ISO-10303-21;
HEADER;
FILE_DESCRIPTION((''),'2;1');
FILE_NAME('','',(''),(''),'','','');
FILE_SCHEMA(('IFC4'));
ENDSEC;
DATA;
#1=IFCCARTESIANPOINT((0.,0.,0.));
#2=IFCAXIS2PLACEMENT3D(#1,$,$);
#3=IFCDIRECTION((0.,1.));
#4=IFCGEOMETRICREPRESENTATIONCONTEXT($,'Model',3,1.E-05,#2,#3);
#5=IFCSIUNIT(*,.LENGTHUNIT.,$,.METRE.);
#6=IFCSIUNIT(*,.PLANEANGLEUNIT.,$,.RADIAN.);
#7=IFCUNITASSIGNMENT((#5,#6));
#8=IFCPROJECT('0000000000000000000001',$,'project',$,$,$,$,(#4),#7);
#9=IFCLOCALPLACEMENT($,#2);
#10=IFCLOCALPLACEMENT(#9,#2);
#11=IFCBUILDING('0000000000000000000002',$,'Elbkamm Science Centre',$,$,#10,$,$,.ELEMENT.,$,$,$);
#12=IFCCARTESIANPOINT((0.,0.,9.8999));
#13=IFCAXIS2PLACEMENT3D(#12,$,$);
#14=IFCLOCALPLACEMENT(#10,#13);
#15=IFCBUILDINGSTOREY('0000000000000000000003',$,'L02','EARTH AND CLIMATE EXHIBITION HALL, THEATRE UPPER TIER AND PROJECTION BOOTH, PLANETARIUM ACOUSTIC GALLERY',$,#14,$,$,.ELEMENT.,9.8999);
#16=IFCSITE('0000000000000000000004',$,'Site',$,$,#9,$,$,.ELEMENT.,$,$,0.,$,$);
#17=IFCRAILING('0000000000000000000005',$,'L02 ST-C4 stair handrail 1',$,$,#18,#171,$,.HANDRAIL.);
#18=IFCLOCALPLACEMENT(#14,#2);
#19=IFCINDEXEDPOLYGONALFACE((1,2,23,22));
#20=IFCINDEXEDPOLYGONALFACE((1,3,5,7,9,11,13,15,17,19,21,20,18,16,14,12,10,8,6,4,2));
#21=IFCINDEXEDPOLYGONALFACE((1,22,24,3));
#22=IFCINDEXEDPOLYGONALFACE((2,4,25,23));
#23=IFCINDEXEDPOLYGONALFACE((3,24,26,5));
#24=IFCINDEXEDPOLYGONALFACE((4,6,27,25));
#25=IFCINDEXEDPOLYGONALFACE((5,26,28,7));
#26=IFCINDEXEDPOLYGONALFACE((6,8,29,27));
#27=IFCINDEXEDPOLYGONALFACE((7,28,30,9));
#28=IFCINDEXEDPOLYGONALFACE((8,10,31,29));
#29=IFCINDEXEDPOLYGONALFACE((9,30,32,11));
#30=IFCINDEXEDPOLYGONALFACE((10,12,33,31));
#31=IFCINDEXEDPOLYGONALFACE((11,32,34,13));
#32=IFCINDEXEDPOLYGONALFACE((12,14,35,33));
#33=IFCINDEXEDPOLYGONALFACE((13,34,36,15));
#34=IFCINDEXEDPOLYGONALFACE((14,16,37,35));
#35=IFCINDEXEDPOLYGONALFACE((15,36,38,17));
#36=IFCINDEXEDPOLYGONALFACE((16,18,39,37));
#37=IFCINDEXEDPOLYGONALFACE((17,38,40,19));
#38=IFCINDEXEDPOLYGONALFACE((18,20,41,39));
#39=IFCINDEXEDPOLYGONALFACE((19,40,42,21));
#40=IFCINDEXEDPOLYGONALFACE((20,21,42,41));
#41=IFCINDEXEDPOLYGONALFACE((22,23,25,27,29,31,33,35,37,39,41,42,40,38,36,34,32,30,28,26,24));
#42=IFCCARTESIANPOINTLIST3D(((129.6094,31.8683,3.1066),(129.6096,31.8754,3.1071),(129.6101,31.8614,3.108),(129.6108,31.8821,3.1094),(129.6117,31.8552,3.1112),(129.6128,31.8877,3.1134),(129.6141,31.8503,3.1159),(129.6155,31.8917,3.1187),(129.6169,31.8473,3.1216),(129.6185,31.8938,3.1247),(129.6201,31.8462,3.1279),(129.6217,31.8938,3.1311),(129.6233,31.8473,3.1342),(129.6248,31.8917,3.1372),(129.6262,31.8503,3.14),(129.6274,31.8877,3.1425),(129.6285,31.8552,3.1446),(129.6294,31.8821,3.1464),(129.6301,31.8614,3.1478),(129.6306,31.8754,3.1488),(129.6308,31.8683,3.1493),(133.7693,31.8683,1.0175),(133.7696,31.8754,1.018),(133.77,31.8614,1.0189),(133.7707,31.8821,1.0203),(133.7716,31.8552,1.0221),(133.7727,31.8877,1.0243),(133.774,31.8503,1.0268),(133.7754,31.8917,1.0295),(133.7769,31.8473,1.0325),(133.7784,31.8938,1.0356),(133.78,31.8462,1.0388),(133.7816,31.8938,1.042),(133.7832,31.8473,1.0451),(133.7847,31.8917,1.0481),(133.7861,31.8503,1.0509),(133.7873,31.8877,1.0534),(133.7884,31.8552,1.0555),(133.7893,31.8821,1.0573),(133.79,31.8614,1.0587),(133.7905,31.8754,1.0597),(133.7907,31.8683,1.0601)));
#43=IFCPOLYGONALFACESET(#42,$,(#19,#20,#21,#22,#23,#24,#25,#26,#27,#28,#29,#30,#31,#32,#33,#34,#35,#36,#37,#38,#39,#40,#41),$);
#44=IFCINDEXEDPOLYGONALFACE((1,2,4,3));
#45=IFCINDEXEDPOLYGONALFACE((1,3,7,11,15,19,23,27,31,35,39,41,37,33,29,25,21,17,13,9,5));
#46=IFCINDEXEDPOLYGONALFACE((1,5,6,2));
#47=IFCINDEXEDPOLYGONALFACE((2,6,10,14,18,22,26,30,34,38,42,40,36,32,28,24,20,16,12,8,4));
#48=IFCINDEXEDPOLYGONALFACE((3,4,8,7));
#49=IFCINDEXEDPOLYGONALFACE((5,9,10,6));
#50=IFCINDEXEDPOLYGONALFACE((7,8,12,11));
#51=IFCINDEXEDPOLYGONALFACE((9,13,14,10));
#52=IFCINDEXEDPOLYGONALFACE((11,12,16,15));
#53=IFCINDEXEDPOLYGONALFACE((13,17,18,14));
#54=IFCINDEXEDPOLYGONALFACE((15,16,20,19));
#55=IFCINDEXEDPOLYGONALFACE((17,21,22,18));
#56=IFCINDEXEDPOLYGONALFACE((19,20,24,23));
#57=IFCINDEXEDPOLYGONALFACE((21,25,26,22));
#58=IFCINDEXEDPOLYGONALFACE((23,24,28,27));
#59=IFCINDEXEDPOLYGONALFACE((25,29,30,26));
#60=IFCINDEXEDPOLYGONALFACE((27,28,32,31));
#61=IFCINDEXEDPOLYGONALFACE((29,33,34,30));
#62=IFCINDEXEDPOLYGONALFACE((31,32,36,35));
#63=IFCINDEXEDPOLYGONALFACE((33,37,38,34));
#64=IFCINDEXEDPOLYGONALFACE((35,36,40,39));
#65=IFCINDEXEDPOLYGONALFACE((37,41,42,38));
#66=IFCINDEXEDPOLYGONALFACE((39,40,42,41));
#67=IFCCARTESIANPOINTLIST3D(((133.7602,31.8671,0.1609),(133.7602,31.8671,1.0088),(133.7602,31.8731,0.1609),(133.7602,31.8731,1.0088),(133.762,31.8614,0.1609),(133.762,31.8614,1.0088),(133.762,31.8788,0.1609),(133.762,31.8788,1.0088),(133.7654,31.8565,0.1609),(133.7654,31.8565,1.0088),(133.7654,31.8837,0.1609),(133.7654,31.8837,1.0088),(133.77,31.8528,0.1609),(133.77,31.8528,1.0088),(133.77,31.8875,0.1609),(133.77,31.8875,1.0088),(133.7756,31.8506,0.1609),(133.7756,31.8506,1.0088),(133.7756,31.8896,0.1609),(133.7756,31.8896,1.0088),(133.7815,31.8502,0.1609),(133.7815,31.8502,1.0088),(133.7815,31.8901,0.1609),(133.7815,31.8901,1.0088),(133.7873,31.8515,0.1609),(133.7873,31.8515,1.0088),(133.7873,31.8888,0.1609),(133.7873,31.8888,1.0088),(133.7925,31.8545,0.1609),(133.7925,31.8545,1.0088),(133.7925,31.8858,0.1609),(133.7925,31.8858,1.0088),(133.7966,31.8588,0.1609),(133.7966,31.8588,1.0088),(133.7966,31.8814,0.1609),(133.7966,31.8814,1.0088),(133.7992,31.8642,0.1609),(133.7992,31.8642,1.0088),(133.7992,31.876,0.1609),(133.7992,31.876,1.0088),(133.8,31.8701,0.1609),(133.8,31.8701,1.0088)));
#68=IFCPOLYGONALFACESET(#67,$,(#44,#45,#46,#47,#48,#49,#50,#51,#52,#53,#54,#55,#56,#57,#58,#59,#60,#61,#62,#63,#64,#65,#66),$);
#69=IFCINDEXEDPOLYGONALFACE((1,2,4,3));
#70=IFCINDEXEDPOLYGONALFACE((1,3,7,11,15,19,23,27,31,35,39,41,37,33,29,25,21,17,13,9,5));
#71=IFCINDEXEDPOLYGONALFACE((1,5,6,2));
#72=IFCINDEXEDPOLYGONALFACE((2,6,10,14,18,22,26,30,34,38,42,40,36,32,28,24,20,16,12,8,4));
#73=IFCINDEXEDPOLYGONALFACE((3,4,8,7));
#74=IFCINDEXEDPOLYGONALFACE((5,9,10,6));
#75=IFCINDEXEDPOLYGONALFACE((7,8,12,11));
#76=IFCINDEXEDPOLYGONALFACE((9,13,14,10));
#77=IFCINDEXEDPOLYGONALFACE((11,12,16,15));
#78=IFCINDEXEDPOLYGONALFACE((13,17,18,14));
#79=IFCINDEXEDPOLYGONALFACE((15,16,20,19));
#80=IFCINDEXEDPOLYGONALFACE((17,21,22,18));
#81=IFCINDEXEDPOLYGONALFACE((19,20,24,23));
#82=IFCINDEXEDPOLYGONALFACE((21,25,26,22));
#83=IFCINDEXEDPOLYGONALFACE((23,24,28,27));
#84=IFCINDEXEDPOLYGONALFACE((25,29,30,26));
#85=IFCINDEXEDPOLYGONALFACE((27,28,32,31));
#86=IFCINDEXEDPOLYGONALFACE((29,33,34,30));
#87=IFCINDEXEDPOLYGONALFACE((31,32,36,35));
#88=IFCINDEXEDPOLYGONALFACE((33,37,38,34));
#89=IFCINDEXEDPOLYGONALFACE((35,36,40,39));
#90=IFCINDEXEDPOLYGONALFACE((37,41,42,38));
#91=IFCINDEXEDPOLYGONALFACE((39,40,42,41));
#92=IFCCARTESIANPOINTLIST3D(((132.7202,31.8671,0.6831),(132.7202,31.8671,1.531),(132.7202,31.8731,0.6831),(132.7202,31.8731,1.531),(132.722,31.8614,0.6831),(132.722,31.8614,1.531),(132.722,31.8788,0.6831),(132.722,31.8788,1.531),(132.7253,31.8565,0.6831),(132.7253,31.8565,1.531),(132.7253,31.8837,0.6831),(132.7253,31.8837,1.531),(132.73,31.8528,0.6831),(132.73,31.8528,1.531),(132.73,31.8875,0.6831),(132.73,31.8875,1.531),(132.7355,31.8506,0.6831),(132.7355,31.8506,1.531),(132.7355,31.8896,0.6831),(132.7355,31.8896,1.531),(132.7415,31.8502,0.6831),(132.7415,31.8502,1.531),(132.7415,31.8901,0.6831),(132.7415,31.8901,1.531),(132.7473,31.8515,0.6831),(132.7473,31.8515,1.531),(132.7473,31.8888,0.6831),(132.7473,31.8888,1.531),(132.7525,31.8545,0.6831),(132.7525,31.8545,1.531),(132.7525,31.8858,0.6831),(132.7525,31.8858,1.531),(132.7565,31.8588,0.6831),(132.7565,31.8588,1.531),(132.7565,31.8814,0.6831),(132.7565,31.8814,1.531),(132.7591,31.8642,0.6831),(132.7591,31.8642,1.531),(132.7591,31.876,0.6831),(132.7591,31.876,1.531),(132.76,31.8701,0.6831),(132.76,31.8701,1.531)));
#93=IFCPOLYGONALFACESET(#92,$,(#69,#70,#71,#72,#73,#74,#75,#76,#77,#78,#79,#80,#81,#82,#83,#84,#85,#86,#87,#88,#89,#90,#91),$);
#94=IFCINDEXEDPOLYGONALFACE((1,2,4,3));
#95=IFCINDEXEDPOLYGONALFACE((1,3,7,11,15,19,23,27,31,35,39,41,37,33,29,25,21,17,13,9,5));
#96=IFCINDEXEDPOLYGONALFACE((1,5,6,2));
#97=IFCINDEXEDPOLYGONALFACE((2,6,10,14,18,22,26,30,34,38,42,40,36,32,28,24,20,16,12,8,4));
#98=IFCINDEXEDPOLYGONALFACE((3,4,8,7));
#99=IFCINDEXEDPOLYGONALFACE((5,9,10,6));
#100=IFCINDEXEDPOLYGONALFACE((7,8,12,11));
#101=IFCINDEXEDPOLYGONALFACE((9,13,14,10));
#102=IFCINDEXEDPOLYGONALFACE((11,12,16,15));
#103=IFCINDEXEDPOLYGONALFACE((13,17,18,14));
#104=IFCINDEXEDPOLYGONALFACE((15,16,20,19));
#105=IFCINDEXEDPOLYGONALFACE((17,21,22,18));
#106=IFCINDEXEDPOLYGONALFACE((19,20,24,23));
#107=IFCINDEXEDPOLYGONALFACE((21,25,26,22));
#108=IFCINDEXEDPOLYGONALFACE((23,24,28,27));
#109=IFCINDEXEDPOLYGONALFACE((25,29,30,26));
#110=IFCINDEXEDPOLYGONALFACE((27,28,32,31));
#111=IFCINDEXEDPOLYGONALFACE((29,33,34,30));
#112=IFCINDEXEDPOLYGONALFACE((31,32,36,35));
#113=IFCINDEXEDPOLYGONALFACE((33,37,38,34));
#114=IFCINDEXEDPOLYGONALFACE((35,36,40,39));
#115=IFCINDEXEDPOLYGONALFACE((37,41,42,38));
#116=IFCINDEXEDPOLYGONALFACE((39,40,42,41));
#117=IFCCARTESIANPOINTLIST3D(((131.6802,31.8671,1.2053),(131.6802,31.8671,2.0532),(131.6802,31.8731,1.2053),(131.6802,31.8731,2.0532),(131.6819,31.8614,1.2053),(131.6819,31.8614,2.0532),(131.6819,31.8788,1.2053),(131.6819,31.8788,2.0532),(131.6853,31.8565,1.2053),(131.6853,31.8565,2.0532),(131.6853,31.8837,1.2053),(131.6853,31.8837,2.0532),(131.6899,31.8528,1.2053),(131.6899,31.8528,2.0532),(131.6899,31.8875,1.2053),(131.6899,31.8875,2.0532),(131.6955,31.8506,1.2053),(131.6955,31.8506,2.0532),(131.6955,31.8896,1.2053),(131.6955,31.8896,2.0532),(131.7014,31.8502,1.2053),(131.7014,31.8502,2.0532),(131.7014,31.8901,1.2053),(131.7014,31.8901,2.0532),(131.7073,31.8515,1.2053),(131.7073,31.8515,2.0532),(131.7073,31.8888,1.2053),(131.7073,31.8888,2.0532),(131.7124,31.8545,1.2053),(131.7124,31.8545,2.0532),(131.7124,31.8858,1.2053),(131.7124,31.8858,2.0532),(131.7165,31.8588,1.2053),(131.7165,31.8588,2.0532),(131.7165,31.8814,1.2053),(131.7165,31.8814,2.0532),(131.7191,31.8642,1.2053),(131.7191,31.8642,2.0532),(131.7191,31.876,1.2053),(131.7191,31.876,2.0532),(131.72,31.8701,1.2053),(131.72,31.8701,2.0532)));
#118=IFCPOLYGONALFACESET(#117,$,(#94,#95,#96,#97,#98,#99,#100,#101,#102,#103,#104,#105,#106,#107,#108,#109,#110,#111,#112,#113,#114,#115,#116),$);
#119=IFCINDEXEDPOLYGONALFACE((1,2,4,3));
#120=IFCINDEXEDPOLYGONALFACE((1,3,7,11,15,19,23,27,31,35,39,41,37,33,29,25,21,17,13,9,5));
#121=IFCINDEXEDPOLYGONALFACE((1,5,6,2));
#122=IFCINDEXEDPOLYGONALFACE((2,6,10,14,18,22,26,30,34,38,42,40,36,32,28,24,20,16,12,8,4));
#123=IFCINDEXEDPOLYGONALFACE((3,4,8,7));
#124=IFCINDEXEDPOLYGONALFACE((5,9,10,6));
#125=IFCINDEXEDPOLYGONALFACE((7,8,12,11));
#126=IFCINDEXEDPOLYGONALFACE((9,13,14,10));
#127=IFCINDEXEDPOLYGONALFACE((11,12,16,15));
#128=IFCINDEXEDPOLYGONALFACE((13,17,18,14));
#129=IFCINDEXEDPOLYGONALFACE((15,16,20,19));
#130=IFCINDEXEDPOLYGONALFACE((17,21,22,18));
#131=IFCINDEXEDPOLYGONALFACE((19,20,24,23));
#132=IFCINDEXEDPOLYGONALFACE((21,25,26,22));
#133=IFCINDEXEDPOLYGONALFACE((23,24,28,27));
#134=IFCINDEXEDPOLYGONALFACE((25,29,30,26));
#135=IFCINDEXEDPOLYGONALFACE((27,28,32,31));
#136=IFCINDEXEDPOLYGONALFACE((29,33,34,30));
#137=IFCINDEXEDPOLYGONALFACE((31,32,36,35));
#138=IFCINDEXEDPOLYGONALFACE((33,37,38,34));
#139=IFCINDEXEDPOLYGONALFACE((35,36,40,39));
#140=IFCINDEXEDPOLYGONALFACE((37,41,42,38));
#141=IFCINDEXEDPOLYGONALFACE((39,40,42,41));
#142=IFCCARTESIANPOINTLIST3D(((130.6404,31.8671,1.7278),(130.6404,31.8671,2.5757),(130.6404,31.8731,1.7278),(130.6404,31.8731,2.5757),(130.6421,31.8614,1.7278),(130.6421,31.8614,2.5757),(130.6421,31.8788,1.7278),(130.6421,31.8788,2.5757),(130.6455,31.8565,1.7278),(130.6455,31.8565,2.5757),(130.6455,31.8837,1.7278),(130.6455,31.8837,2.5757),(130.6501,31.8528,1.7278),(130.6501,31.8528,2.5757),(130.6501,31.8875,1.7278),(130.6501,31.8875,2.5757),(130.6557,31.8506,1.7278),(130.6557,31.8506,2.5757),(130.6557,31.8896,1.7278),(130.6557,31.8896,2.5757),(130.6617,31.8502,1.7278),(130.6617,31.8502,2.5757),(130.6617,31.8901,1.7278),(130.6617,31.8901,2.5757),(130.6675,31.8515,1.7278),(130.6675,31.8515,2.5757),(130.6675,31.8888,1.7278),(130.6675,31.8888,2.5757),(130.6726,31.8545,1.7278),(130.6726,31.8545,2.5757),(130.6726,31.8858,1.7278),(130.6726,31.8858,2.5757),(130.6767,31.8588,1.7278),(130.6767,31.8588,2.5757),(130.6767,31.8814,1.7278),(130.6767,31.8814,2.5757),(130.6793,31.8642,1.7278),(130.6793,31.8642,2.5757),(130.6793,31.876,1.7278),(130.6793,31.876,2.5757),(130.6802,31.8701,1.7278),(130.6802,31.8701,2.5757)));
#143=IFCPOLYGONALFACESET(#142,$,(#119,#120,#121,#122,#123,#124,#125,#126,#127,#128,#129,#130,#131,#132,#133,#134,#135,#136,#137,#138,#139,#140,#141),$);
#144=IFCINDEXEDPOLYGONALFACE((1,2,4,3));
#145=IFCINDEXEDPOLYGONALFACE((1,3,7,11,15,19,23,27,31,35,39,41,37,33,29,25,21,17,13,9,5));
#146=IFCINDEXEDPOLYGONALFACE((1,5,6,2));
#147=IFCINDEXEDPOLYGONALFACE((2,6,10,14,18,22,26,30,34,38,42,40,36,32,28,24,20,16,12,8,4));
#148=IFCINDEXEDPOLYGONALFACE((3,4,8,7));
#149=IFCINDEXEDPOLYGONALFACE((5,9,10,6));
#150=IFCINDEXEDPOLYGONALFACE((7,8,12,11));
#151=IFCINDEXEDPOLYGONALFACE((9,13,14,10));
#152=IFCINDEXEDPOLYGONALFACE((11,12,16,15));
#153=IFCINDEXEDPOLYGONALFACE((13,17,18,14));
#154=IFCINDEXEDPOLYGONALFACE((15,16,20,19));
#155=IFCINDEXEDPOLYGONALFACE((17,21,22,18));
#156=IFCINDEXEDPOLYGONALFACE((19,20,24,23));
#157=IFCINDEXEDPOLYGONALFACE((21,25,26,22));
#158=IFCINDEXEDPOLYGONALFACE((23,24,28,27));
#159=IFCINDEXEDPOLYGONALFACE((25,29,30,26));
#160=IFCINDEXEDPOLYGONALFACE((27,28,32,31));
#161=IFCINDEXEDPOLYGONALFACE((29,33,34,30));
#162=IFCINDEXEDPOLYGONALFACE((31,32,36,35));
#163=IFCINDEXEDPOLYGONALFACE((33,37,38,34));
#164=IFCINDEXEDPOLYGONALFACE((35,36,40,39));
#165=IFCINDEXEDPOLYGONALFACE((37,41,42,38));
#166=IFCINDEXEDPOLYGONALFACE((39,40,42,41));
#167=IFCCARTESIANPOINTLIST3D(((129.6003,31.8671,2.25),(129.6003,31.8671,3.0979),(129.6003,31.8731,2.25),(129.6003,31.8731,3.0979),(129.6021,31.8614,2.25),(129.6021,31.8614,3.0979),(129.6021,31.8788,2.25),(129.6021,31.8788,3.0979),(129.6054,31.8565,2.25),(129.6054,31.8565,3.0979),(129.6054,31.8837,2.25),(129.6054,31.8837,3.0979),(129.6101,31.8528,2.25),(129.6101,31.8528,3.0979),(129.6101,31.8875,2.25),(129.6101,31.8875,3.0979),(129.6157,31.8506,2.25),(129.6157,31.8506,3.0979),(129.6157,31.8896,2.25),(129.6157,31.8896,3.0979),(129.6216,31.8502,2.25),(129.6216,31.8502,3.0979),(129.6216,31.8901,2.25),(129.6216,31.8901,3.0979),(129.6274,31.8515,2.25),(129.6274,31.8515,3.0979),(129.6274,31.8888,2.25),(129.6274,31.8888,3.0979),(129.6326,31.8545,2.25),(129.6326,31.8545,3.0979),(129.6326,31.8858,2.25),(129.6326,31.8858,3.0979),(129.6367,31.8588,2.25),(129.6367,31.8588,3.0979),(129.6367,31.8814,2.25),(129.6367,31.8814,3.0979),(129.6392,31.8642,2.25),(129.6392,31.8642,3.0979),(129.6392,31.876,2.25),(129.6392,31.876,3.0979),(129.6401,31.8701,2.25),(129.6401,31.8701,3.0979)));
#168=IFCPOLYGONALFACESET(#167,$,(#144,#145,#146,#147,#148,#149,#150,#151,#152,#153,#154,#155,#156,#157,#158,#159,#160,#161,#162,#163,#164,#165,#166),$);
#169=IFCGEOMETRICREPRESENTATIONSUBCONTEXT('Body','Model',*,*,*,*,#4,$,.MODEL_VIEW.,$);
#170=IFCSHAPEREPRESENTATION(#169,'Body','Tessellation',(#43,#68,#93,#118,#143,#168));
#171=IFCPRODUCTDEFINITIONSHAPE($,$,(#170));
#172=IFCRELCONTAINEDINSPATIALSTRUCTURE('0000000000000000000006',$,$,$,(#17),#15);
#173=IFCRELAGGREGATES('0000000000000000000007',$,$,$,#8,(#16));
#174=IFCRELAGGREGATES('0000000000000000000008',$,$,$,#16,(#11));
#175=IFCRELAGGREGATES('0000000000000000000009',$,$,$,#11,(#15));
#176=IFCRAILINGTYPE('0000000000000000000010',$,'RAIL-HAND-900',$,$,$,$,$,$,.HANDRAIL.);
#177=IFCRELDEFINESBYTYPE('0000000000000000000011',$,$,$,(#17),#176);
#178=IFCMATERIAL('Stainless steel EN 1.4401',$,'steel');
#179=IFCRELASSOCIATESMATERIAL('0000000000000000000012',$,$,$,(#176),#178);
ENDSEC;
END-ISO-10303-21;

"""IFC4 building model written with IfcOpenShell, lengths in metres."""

from ifc_helpers import new_model, si_unit, direction, frame, origin, origin_2d, place, context, subcontext, project, spatial, circle, extrude, material, type_object, element, save


model = new_model("IFC4")

# Units and contexts
model_context = context("Model", 3, precision=1e-05, world=origin(), true_north=direction((0.0, 1.0)))
body_context = subcontext(model_context, "Body", "Model", "MODEL_VIEW")
ifc_project = project(units=[si_unit("LENGTHUNIT", "METRE"), si_unit("PLANEANGLEUNIT", "RADIAN")], contexts=[model_context])

# Site, building, storey
site_placement = place(None, origin())
site = spatial("IfcSite", under=ifc_project, at=site_placement, Name="Site", CompositionType="ELEMENT", RefElevation=0.0)
building_placement = place(site_placement, origin())
building = spatial("IfcBuilding", under=site, at=building_placement, Name="Elbkamm Science Centre", CompositionType="ELEMENT")
storey_placement = place(building_placement, frame((0.0, 0.0, 9.8999)))
storey = spatial("IfcBuildingStorey", under=building, at=storey_placement, Name="L02", Description="EARTH AND CLIMATE EXHIBITION HALL, THEATRE UPPER TIER AND PROJECTION BOOTH, PLANETARIUM ACOUSTIC GALLERY", CompositionType="ELEMENT", Elevation=9.8999)

# Railing
ifc_material_1 = material(Name="Stainless steel EN 1.4401", Category="steel")
railing_type_1 = type_object("IfcRailingType", Name="RAIL-HAND-900", PredefinedType="HANDRAIL", material=ifc_material_1)
railing_1_placement = place(storey_placement, frame((133.78, 31.8701, 0.1609)))
element("IfcRailing", 1, at=railing_1_placement, inside=storey, type_object=railing_type_1, Name="L02 ST-C4 stair handrail 1", PredefinedType="HANDRAIL", context=body_context, shape_type="SweptSolid", body=[
    extrude(circle(Radius=0.0239, at=origin_2d()), frame((0.0, 0.0, 0.8779), z_axis=(-0.893639, 0.0, 0.448786), x_axis=(0.0, -1.0, 0.0)), (0.0, 0.0, 1.0), 4.655),
    extrude(circle(Radius=0.02, at=origin_2d()), origin(), (0.0, 0.0, 1.0), 0.8479),
    extrude(circle(Radius=0.02, at=origin_2d()), frame((-1.04, 0.0, 0.5222)), (0.0, 0.0, 1.0), 0.8479),
    extrude(circle(Radius=0.02, at=origin_2d()), frame((-2.0801, 0.0, 1.0444)), (0.0, 0.0, 1.0), 0.8479),
    extrude(circle(Radius=0.02, at=origin_2d()), frame((-3.1199, 0.0, 1.5669)), (0.0, 0.0, 1.0), 0.8479),
    extrude(circle(Radius=0.02, at=origin_2d()), frame((-4.1599, 0.0, 2.0891)), (0.0, 0.0, 1.0), 0.8479),
])

save(model, "model.ifc")
